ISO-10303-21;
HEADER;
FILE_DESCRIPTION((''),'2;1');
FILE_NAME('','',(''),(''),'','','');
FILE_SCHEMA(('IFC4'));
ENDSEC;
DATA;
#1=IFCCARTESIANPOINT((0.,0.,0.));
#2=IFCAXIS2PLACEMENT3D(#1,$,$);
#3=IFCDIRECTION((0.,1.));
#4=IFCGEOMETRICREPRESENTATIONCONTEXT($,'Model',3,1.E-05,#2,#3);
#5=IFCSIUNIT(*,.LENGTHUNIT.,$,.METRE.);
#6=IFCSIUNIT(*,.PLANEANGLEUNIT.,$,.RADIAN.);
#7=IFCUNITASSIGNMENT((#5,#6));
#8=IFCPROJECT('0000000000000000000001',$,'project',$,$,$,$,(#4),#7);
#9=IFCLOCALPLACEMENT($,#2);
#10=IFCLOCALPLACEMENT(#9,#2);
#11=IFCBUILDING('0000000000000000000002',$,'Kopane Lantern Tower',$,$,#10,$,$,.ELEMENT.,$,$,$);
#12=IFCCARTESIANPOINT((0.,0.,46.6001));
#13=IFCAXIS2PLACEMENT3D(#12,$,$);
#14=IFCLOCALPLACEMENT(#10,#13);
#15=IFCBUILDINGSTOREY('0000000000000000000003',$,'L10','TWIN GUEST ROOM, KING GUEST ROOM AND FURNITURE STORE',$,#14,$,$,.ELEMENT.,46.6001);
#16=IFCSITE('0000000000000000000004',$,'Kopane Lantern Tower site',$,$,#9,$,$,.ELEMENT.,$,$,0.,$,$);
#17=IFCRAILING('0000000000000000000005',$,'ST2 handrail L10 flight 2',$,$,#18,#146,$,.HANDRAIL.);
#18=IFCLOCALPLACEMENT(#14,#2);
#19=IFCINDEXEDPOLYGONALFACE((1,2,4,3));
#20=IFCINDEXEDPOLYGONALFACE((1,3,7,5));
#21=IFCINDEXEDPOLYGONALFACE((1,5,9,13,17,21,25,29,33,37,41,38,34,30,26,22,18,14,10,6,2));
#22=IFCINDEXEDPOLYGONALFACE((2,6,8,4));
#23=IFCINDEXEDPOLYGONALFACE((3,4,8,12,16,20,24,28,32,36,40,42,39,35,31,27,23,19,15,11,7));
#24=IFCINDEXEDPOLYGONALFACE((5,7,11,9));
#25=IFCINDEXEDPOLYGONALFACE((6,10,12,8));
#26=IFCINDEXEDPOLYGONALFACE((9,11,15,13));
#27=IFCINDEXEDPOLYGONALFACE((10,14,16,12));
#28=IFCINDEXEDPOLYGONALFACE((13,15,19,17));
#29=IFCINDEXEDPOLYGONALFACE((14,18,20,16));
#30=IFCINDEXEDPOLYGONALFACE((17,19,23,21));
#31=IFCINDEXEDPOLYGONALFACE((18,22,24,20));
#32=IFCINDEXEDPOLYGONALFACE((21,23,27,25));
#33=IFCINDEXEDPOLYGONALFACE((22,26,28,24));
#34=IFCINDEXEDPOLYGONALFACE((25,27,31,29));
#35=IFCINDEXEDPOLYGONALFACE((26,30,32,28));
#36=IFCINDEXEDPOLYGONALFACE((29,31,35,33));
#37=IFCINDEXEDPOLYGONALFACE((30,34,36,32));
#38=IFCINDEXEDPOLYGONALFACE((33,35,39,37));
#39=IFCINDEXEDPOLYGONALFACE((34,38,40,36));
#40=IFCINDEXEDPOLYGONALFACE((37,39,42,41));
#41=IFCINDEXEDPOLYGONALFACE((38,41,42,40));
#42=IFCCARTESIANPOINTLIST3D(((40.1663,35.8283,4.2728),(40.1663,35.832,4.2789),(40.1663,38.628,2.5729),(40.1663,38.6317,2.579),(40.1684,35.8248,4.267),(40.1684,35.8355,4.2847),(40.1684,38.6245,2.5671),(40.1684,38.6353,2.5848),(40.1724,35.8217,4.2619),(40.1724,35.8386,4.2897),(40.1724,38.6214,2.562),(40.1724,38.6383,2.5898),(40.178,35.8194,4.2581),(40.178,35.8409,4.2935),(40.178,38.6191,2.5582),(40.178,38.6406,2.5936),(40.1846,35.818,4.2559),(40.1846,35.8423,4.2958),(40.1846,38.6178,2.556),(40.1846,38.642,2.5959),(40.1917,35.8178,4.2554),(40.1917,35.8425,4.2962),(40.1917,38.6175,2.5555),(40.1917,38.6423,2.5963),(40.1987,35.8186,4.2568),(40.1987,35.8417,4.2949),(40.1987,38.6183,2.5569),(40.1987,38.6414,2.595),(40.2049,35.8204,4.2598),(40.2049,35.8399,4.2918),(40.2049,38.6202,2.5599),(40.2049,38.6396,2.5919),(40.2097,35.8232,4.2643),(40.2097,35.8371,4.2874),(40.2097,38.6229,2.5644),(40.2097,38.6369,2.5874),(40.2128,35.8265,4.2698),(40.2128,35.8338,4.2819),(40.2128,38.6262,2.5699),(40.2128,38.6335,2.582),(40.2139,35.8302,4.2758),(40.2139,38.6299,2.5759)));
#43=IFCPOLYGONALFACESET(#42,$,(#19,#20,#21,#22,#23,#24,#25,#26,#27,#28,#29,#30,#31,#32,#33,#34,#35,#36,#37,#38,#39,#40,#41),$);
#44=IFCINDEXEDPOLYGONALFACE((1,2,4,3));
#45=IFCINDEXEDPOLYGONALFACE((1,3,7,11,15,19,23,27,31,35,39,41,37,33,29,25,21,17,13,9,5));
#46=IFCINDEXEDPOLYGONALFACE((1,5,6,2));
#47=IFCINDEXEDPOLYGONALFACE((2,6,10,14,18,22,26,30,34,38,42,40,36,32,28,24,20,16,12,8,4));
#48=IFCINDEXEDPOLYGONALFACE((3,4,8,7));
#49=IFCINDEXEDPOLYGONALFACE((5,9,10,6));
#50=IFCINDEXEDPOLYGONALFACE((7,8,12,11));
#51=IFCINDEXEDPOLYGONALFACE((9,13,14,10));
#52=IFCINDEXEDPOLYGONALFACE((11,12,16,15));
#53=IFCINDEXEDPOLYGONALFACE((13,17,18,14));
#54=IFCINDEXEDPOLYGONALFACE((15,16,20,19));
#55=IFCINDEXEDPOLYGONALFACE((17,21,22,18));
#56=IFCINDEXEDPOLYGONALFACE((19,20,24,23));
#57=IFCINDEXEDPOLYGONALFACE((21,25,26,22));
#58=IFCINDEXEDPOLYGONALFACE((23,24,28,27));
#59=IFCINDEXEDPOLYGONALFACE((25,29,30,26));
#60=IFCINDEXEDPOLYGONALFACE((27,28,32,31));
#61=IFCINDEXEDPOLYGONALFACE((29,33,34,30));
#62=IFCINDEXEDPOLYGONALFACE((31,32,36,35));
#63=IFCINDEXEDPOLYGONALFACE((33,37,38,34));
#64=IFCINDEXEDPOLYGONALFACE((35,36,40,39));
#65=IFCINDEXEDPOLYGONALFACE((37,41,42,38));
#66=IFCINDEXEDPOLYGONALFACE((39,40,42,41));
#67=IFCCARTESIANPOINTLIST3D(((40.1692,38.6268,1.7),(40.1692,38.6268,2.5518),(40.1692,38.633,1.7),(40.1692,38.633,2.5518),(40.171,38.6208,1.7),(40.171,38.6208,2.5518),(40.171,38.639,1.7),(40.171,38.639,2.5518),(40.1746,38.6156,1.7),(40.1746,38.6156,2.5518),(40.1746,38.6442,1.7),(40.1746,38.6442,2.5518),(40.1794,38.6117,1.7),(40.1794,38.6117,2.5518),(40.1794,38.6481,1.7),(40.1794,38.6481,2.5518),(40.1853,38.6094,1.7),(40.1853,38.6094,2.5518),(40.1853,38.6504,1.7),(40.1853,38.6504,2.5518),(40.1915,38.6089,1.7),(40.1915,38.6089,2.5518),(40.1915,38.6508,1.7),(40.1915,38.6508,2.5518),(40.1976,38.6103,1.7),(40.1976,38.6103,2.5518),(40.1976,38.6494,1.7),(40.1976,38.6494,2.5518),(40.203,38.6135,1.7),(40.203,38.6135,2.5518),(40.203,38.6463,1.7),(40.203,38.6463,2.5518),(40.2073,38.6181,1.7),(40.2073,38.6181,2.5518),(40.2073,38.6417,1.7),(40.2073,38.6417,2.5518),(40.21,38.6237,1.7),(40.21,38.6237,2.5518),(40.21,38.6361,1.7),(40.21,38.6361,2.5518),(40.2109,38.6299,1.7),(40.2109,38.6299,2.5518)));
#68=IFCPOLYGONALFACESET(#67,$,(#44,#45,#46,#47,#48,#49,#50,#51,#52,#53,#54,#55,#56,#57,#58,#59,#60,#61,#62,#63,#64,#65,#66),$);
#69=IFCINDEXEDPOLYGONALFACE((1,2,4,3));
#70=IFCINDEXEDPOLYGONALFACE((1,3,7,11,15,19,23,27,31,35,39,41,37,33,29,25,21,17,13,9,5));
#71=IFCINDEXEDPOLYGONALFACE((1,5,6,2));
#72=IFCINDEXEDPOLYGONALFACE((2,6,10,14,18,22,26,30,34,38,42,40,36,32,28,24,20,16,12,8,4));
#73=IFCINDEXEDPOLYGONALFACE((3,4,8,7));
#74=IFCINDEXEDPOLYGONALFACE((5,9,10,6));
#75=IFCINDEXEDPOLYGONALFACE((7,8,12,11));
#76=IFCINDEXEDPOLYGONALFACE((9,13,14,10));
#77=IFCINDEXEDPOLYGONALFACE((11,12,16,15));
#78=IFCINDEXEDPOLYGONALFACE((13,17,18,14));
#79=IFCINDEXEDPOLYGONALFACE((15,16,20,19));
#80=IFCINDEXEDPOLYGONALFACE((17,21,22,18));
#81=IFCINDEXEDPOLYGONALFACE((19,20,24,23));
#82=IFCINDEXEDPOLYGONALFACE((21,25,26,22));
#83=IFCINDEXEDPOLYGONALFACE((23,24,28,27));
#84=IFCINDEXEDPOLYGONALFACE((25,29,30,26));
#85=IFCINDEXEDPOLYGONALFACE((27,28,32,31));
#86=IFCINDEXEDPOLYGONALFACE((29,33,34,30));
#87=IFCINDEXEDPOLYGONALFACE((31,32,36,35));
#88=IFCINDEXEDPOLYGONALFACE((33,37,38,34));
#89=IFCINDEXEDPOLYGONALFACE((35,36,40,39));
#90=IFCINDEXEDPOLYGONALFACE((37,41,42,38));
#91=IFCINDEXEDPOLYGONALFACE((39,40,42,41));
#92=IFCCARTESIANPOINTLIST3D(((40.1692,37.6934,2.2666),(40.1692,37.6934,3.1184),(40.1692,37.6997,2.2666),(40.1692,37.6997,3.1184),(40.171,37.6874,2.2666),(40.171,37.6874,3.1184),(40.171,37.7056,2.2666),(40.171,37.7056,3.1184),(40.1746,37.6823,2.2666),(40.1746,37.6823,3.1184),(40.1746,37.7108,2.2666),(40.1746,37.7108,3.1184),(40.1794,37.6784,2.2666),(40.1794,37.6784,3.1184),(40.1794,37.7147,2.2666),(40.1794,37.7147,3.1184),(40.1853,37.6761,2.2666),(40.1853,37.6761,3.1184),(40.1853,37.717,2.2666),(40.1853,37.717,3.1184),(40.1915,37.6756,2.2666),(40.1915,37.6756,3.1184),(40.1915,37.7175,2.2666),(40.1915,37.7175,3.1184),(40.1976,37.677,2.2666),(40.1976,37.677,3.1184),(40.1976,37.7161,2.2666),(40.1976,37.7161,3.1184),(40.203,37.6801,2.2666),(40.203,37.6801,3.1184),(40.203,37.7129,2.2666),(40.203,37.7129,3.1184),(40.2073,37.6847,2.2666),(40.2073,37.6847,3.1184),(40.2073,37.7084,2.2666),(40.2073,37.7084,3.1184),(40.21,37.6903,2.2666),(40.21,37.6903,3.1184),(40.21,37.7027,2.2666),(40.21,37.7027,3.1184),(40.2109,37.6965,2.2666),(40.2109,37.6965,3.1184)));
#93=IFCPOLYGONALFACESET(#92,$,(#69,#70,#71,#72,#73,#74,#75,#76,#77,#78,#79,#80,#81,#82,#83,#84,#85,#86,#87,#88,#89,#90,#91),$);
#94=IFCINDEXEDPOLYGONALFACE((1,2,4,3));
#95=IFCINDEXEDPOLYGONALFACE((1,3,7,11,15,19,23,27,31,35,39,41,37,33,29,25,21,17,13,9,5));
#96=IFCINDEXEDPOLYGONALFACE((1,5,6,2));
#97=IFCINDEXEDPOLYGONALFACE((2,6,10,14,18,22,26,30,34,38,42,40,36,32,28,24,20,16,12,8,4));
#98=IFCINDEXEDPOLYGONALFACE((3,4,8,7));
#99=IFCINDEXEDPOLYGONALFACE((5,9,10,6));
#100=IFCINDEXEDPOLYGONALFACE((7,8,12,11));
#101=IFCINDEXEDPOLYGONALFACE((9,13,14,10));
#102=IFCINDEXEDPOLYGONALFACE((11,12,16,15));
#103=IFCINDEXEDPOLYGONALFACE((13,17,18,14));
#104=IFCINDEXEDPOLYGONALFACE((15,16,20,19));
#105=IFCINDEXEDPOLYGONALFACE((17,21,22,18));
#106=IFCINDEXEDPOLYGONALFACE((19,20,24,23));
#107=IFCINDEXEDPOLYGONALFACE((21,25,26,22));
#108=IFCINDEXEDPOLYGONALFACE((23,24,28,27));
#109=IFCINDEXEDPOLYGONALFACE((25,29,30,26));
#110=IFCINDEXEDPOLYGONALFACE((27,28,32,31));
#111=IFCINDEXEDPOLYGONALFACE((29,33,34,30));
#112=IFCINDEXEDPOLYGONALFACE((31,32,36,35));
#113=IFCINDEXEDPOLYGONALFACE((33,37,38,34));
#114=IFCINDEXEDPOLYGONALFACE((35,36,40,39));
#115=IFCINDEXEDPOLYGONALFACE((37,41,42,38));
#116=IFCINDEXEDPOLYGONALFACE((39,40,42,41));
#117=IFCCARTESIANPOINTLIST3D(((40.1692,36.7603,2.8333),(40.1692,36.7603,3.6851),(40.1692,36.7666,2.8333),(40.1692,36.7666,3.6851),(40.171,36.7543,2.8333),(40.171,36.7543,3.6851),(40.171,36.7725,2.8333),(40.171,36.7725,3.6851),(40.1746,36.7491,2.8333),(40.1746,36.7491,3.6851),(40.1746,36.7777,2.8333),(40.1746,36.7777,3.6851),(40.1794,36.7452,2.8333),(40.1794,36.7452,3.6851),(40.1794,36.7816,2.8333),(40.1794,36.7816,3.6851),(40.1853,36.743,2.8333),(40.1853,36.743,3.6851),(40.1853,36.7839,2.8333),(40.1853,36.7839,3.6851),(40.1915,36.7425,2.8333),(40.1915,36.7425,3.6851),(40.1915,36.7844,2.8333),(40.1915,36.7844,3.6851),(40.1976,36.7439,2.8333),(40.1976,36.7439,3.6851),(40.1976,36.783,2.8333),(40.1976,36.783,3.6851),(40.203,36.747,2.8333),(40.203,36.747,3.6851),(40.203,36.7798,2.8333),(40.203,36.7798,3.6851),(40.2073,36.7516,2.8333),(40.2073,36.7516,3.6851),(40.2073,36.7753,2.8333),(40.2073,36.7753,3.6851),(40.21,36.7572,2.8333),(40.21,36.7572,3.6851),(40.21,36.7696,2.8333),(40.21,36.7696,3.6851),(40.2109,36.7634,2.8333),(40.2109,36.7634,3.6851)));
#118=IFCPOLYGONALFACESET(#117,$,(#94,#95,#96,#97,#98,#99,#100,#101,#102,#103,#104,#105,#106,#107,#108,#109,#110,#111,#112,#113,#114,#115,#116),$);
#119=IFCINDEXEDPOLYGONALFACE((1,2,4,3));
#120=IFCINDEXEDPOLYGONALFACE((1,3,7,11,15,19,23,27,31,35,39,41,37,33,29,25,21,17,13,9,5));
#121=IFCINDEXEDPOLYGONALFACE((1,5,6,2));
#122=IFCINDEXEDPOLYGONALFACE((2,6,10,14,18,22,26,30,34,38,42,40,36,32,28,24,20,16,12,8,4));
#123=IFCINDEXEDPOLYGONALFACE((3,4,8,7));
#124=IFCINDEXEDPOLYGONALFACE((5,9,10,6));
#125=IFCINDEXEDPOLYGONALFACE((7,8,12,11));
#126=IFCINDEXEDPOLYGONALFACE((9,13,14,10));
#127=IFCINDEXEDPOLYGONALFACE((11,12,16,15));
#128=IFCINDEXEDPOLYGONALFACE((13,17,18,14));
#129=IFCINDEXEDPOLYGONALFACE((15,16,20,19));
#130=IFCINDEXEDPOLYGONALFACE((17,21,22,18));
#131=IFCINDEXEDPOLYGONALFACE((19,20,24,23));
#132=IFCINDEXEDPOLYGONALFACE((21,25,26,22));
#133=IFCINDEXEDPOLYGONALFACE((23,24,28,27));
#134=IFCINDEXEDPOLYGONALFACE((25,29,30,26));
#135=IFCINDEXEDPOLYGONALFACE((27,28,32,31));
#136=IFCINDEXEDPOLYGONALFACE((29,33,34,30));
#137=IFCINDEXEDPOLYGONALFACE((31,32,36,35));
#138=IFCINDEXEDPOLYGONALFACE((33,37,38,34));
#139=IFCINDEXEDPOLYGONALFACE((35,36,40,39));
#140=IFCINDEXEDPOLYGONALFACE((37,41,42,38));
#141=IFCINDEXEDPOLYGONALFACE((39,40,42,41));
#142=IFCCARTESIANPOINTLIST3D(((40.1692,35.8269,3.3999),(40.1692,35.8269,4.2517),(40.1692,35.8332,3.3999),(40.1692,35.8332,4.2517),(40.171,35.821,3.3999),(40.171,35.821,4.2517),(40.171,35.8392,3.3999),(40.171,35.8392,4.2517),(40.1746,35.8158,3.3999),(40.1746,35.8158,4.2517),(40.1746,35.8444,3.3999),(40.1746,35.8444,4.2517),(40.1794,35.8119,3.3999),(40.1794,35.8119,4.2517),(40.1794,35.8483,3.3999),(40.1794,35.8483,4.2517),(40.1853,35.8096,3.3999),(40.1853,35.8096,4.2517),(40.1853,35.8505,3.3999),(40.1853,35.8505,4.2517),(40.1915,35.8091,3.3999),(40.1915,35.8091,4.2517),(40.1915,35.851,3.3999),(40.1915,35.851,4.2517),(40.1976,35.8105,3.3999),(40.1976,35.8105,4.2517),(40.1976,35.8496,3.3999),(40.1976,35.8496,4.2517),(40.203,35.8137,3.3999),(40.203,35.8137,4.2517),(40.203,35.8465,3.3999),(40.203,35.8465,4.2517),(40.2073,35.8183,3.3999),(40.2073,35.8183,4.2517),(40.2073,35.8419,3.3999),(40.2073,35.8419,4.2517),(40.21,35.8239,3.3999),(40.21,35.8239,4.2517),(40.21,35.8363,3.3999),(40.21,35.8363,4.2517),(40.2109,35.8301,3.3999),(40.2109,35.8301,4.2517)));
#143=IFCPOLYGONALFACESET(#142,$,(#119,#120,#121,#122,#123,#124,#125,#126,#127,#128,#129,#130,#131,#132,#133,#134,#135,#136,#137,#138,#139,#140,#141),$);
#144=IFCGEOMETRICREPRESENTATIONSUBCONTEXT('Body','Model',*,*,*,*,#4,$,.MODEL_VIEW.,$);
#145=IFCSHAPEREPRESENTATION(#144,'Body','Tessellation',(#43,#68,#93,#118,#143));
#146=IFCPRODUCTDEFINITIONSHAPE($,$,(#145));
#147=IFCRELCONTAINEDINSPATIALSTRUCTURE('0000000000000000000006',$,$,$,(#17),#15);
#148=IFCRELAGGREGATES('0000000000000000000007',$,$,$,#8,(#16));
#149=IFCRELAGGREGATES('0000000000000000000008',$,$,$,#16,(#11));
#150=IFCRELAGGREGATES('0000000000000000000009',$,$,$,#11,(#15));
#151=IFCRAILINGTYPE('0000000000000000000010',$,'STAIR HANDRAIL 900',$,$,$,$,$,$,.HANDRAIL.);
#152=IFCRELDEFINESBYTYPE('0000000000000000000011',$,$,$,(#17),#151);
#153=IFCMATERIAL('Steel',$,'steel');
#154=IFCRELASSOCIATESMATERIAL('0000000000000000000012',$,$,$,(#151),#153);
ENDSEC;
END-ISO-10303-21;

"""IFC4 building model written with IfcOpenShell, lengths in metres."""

from ifc_helpers import new_model, si_unit, direction, frame, origin, origin_2d, place, context, subcontext, project, spatial, circle, extrude, material, type_object, element, save


model = new_model("IFC4")

# Units and contexts
model_context = context("Model", 3, precision=1e-05, world=origin(), true_north=direction((0.0, 1.0)))
body_context = subcontext(model_context, "Body", "Model", "MODEL_VIEW")
ifc_project = project(units=[si_unit("LENGTHUNIT", "METRE"), si_unit("PLANEANGLEUNIT", "RADIAN")], contexts=[model_context])

# Site, building, storey
site_placement = place(None, origin())
site = spatial("IfcSite", under=ifc_project, at=site_placement, Name="Kopane Lantern Tower site", CompositionType="ELEMENT", RefElevation=0.0)
building_placement = place(site_placement, origin())
building = spatial("IfcBuilding", under=site, at=building_placement, Name="Kopane Lantern Tower", CompositionType="ELEMENT")
storey_placement = place(building_placement, frame((0.0, 0.0, 46.6001)))
storey = spatial("IfcBuildingStorey", under=building, at=storey_placement, Name="L10", Description="TWIN GUEST ROOM, KING GUEST ROOM AND FURNITURE STORE", CompositionType="ELEMENT", Elevation=46.6001)

# Railing
ifc_material_1 = material(Name="Steel", Category="steel")
railing_type = type_object("IfcRailingType", Name="STAIR HANDRAIL 900", PredefinedType="HANDRAIL", material=ifc_material_1)
for number, where, name in (
    (1, (40.1899, 38.6299, 1.7), "ST2 handrail L10 flight 2"),
):
    element("IfcRailing", number, at=place(storey_placement, frame(where)), inside=storey, type_object=railing_type, Name=name, PredefinedType="HANDRAIL", context=body_context, shape_type="SweptSolid", body=[
        extrude(circle(Radius=0.0239, at=origin_2d()), frame((0.0, 0.0, 0.876), z_axis=(0.0, -0.854778, 0.518994), x_axis=(1.0, 0.0, 0.0)), (0.0, 0.0, 1.0), 3.2754),
        extrude(circle(Radius=0.021, at=origin_2d()), origin(), (0.0, 0.0, 1.0), 0.8518),
        extrude(circle(Radius=0.021, at=origin_2d()), frame((0.0, -0.9333, 0.5667)), (0.0, 0.0, 1.0), 0.8518),
        extrude(circle(Radius=0.021, at=origin_2d()), frame((0.0, -1.8665, 1.1333)), (0.0, 0.0, 1.0), 0.8518),
        extrude(circle(Radius=0.021, at=origin_2d()), frame((0.0, -2.7998, 1.7)), (0.0, 0.0, 1.0), 0.8518),
    ])

save(model, "model.ifc")
